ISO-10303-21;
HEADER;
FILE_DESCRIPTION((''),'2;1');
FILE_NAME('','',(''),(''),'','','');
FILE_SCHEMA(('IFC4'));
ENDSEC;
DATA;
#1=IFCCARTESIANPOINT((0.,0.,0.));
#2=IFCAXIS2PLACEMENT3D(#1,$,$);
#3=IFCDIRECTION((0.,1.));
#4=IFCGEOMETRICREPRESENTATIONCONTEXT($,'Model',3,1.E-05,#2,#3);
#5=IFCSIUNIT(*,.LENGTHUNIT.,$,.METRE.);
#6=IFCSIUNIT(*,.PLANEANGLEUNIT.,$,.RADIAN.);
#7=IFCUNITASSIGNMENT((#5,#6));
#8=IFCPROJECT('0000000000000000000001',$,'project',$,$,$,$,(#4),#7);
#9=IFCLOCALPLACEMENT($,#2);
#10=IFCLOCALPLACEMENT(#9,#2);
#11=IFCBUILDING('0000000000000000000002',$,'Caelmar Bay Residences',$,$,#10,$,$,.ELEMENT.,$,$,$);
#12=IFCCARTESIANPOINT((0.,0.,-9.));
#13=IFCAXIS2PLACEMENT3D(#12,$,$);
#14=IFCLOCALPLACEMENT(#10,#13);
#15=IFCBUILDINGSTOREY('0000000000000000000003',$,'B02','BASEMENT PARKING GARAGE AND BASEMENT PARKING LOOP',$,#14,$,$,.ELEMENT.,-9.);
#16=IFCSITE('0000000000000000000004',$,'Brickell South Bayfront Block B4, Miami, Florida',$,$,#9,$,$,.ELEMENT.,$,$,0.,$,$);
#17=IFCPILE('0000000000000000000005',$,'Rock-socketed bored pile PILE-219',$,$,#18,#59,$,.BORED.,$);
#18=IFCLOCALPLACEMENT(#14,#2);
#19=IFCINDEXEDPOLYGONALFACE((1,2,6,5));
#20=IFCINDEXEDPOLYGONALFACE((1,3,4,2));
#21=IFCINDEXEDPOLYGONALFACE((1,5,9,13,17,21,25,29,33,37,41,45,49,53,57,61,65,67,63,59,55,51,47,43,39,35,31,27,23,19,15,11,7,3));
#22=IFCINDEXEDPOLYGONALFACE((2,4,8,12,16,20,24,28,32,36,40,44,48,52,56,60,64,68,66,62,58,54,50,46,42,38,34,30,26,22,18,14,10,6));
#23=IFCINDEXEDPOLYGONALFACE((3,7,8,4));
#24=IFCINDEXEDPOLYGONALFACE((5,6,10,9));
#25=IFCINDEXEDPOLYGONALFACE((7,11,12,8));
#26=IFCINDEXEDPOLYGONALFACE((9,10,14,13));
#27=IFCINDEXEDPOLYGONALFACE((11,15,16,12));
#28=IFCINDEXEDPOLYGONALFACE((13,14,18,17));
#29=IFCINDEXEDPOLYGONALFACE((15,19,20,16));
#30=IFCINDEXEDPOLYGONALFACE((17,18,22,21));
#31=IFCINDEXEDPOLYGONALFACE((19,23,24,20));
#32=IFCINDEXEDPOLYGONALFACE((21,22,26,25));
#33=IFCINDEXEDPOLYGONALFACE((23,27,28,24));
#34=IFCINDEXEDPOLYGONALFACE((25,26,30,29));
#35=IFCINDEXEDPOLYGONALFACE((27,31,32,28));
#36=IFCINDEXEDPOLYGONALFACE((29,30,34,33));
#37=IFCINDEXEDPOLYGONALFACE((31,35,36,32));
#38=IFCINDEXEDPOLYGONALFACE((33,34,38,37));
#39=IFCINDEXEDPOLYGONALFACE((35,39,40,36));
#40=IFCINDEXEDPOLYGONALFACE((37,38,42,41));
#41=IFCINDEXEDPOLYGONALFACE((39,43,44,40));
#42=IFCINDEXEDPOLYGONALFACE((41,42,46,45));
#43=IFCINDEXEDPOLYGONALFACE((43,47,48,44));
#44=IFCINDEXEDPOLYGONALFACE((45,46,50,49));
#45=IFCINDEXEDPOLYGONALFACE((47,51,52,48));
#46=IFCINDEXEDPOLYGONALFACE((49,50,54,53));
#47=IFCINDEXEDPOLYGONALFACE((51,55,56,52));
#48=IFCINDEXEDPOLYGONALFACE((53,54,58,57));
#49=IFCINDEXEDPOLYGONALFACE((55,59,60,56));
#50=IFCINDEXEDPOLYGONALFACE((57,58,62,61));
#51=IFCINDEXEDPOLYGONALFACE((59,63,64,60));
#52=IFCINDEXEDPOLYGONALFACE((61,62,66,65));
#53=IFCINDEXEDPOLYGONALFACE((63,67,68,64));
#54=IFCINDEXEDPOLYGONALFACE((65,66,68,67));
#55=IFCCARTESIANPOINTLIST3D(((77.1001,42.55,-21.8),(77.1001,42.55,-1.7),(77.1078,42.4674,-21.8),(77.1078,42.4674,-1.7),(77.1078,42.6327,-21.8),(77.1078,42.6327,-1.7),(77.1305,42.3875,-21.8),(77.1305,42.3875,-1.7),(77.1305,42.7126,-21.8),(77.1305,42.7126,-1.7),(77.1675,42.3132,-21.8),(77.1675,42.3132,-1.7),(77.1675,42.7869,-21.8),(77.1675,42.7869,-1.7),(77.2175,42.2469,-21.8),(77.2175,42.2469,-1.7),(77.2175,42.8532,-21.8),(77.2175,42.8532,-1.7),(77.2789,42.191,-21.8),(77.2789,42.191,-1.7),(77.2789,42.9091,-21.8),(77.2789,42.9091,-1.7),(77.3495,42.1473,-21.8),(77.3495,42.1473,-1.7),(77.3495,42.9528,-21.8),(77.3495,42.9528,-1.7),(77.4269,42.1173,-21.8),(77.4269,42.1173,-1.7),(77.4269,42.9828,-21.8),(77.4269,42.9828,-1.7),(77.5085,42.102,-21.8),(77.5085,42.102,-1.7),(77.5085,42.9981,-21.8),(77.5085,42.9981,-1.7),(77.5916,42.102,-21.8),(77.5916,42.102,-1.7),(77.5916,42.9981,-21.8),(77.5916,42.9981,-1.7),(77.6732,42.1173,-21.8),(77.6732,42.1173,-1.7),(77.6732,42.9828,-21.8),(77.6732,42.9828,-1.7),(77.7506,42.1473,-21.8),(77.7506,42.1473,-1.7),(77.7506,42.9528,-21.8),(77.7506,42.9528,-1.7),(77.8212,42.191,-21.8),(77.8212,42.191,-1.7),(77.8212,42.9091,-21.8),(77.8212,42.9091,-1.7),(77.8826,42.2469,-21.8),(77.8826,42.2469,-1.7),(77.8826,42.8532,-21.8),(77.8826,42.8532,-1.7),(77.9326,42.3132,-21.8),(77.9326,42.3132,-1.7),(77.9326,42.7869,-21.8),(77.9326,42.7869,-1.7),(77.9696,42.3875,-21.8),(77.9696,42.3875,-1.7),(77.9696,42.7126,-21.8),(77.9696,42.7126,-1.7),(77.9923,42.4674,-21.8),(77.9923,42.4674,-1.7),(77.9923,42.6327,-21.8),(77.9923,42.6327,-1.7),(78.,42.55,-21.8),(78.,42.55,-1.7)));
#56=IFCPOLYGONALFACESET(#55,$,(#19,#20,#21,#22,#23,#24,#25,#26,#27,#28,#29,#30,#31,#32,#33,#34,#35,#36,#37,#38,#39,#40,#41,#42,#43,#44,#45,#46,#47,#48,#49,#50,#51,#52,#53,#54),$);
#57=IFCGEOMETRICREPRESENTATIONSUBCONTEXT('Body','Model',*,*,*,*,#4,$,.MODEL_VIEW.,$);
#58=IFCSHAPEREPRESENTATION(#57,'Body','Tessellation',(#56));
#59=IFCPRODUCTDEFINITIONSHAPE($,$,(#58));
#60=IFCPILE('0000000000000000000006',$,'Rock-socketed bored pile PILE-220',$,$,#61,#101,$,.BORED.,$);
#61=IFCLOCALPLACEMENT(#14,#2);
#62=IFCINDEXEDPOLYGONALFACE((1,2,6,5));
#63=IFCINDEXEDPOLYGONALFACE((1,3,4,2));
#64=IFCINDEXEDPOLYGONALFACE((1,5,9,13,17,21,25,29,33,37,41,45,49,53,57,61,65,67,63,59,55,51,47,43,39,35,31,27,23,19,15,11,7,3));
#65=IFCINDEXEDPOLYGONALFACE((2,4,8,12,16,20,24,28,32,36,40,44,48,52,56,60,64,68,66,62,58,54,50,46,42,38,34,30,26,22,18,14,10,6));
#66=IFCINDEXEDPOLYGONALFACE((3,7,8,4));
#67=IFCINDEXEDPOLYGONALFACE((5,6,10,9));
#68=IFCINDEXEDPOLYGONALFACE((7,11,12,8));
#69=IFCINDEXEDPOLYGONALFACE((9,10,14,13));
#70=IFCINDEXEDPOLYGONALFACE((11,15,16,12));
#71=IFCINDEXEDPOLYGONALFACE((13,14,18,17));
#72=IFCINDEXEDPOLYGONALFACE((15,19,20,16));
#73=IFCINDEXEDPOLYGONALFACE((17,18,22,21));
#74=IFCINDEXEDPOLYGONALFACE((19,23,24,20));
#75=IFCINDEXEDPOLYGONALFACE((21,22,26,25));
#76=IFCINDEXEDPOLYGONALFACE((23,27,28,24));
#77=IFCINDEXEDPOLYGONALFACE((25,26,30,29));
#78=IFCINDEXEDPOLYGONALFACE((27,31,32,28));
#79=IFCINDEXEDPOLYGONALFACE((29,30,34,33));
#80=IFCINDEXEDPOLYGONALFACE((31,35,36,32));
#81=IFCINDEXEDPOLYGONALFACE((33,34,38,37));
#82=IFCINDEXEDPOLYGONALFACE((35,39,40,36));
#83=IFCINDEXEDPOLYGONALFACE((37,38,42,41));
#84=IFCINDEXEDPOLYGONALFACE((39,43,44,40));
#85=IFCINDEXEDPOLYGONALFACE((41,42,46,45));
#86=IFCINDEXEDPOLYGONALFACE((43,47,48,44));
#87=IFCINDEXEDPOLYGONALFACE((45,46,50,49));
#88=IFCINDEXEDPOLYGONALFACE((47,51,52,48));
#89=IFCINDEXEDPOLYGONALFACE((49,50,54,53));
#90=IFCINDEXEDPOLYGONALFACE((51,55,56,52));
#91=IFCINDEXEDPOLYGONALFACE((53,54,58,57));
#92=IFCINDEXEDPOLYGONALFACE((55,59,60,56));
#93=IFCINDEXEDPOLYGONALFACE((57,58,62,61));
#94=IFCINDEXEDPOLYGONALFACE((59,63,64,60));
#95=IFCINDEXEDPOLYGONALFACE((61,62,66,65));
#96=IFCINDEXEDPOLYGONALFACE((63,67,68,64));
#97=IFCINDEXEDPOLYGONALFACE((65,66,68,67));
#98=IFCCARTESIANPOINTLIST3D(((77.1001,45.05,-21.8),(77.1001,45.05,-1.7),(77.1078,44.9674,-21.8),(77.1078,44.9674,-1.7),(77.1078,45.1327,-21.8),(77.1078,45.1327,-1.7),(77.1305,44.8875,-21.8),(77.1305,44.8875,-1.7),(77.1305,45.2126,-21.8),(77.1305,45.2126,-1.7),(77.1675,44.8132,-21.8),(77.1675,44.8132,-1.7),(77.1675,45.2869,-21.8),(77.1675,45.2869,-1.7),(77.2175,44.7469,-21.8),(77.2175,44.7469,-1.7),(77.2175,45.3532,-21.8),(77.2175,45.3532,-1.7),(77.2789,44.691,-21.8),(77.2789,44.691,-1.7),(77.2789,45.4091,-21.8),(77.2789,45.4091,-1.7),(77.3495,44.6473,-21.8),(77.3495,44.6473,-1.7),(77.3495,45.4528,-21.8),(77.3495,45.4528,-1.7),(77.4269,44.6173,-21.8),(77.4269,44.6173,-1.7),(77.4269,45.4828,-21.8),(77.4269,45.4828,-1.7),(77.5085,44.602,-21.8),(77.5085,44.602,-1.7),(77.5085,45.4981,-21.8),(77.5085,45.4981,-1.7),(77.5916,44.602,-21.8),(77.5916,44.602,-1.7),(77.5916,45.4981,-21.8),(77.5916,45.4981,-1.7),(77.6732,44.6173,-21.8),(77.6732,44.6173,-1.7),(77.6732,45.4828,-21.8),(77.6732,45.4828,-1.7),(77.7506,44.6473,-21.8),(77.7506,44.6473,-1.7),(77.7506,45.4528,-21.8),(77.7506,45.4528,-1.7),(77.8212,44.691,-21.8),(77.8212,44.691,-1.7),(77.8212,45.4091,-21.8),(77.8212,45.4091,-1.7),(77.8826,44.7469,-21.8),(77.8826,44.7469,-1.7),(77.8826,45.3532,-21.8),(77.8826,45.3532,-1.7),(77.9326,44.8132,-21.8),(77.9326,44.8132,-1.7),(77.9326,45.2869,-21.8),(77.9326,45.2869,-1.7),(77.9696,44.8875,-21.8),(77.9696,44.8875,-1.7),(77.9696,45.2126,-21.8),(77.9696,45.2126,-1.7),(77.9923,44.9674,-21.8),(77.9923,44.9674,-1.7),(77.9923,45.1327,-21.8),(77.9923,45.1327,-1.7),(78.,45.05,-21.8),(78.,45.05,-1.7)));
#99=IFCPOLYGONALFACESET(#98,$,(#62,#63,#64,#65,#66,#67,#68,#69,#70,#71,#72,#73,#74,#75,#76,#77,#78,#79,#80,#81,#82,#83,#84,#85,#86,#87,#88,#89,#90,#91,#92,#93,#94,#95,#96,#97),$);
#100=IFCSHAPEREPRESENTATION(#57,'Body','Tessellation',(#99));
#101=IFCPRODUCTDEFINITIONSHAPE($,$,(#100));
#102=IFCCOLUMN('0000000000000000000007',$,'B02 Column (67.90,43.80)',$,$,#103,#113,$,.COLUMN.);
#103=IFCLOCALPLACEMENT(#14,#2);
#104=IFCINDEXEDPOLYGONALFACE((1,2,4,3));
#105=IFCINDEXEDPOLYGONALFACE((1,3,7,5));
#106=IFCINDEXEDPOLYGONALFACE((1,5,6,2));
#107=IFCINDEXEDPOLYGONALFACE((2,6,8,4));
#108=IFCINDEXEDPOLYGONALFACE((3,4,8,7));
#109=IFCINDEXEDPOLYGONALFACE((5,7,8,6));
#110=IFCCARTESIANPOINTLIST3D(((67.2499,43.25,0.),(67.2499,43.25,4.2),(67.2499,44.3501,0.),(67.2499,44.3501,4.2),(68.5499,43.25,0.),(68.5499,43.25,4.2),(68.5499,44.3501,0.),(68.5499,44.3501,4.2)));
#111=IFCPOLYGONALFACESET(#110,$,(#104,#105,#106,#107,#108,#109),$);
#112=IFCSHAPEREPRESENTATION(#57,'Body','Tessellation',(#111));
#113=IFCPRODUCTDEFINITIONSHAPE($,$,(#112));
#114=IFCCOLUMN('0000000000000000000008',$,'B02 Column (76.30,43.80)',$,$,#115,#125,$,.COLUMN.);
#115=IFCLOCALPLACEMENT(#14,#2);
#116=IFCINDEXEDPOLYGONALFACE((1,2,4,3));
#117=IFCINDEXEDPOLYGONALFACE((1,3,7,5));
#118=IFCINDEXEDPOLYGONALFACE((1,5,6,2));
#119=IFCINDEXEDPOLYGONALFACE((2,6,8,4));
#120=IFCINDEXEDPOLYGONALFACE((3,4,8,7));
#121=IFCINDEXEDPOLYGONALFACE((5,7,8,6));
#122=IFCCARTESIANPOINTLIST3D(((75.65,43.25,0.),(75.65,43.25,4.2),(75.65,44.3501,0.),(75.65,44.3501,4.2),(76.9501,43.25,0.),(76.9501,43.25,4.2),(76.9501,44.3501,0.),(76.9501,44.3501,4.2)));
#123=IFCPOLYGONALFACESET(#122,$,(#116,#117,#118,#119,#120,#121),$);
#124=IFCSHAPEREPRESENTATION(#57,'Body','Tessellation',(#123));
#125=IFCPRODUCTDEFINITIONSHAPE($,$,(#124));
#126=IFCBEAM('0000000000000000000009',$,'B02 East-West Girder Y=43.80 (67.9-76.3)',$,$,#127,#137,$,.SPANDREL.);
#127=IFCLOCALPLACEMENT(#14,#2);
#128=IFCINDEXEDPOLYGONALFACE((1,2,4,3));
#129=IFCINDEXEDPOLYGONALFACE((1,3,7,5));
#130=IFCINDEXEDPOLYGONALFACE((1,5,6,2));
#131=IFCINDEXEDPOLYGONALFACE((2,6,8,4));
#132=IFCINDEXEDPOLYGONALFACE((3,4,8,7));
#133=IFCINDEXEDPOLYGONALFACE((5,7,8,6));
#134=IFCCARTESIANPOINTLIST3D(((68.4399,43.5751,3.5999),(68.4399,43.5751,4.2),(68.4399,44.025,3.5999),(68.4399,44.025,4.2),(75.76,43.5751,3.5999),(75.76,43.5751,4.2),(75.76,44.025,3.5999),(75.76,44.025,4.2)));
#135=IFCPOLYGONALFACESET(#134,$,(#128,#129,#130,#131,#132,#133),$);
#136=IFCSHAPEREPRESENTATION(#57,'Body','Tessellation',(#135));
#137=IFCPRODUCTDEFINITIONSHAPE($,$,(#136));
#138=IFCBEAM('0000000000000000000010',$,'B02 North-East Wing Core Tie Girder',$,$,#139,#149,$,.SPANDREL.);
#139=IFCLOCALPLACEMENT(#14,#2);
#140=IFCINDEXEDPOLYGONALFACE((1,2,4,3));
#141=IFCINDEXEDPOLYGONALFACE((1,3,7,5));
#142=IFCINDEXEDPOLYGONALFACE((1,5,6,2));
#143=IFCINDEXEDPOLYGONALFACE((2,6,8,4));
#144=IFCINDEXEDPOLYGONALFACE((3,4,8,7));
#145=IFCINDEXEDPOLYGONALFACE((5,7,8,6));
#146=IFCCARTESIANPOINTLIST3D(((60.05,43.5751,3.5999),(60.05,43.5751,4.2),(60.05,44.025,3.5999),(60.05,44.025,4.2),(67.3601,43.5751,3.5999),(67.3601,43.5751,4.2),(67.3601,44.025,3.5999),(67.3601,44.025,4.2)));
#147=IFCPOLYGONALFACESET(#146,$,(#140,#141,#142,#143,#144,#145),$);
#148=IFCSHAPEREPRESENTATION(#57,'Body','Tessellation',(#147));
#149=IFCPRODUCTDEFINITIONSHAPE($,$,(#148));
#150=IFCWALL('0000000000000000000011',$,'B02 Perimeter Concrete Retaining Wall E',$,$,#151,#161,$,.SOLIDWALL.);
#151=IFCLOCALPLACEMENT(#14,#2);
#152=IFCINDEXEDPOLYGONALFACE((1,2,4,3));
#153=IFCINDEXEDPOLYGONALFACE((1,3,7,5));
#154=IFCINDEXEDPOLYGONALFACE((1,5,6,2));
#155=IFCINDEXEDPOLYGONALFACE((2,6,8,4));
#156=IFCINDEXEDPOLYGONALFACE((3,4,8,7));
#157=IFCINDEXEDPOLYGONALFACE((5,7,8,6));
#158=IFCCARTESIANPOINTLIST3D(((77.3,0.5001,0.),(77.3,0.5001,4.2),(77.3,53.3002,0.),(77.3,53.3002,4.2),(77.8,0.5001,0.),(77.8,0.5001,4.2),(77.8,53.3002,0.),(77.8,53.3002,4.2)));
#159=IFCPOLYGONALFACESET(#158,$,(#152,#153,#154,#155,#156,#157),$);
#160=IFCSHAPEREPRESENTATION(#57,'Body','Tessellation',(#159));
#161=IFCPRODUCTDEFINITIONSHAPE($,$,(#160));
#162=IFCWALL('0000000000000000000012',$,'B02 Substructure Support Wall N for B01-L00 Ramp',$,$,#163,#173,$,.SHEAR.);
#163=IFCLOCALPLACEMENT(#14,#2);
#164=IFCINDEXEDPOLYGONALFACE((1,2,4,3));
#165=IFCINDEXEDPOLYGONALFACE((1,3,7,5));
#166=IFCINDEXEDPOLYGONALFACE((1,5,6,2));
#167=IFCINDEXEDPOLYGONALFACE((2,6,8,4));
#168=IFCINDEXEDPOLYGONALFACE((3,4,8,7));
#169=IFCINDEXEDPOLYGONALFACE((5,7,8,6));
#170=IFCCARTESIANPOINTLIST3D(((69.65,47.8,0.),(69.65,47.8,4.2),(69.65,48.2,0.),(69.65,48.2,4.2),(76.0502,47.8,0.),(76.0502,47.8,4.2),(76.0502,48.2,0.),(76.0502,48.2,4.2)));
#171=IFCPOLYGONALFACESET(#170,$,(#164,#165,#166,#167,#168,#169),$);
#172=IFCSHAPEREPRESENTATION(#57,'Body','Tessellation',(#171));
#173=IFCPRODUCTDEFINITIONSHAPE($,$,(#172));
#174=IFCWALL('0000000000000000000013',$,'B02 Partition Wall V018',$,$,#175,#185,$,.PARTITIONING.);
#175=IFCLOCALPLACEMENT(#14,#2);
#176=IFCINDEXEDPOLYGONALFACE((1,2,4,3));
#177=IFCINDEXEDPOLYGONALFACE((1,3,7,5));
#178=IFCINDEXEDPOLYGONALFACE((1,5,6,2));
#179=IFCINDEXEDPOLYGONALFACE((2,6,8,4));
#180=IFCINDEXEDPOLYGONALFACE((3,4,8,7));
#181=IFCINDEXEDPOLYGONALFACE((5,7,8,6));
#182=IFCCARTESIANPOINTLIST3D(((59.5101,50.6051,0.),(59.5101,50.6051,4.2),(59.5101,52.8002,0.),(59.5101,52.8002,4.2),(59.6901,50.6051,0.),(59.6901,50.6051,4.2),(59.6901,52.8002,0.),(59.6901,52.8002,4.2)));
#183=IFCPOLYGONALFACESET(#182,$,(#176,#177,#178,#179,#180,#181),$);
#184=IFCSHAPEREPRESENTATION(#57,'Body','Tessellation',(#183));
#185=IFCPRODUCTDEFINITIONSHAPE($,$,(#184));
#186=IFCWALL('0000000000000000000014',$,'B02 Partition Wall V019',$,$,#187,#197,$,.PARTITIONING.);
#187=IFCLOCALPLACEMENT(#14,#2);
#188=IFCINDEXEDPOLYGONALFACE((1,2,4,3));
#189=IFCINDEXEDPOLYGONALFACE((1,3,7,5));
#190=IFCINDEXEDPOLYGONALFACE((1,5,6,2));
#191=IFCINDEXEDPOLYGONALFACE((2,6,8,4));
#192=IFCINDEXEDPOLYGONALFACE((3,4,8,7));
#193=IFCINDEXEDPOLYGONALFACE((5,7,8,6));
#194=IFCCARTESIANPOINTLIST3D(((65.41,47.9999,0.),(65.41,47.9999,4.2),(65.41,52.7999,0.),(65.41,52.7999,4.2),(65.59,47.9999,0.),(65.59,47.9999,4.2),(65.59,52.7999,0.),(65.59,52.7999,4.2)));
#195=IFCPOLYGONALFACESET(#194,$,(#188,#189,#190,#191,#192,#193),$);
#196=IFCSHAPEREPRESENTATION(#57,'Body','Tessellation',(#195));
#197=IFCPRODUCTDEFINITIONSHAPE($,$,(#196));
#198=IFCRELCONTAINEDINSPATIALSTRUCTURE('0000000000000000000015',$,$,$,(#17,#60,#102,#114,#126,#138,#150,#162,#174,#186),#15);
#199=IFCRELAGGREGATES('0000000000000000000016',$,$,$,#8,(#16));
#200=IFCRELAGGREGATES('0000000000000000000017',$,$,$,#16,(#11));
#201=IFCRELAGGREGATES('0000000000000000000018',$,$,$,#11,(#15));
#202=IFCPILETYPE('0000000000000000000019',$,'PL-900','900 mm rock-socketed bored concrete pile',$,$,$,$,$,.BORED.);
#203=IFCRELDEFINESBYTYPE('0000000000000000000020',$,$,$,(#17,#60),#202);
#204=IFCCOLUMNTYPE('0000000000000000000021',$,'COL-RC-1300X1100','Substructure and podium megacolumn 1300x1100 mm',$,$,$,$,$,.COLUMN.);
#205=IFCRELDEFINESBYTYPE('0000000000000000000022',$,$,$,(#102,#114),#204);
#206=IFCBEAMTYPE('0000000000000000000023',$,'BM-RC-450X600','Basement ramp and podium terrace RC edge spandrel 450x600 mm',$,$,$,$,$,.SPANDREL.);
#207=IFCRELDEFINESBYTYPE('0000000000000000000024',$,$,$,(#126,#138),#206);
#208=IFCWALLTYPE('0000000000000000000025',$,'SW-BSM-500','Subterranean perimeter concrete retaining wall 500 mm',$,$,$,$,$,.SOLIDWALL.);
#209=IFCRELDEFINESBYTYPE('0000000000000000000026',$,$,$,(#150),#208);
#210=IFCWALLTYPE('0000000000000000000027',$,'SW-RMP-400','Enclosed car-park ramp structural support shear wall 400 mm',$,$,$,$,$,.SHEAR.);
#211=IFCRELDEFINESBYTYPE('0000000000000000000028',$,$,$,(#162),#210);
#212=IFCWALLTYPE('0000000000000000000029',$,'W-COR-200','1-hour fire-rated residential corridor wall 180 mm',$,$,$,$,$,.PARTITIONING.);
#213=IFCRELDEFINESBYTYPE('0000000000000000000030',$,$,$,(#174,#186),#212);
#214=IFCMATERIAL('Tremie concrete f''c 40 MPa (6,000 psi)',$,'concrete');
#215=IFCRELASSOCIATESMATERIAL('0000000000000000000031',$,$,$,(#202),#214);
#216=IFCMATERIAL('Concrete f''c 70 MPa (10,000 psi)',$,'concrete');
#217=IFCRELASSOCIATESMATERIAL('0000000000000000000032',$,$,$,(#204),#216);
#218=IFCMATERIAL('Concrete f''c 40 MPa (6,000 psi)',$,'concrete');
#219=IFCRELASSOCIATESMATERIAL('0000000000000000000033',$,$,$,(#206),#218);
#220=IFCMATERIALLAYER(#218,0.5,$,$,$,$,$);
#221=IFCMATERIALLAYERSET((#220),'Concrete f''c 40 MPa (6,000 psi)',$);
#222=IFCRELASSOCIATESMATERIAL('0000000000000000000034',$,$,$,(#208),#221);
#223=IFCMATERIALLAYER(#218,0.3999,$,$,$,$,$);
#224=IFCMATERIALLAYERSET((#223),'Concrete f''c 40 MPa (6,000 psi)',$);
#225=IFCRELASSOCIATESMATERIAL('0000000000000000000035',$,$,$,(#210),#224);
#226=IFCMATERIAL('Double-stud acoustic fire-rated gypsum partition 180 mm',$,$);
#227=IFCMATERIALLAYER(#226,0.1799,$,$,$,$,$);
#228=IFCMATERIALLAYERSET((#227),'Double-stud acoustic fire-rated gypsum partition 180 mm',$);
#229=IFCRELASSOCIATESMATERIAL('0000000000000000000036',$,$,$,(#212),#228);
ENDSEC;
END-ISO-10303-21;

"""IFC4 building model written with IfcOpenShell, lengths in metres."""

from ifc_helpers import new_model, si_unit, direction, frame, frame_2d, origin, origin_2d, place, context, subcontext, project, spatial, rectangle, circle, extrude, material, layer, layer_set, material_profile, profile_set, type_object, element, save


model = new_model("IFC4")

# Units and contexts
model_context = context("Model", 3, precision=1e-05, world=origin(), true_north=direction((0.0, 1.0)))
body_context = subcontext(model_context, "Body", "Model", "MODEL_VIEW")
ifc_project = project(units=[si_unit("LENGTHUNIT", "METRE"), si_unit("PLANEANGLEUNIT", "RADIAN")], contexts=[model_context])

# Site, building, storey
site_placement = place(None, origin())
site = spatial("IfcSite", under=ifc_project, at=site_placement, Name="Brickell South Bayfront Block B4, Miami, Florida", CompositionType="ELEMENT", RefElevation=0.0)
building_placement = place(site_placement, origin())
building = spatial("IfcBuilding", under=site, at=building_placement, Name="Caelmar Bay Residences", CompositionType="ELEMENT")
storey_placement = place(building_placement, frame((0.0, 0.0, -9.0)))
storey = spatial("IfcBuildingStorey", under=building, at=storey_placement, Name="B02", Description="BASEMENT PARKING GARAGE AND BASEMENT PARKING LOOP", CompositionType="ELEMENT", Elevation=-9.0)

# Piles
ifc_material_1 = material(Name="Tremie concrete f'c 40 MPa (6,000 psi)", Category="concrete")
ifc_material_profile_1 = material_profile(ifc_material_1, circle(Radius=0.45, at=origin_2d()), Name="PILE-900D")
ifc_profile_set_1 = profile_set([ifc_material_profile_1], Name="Tremie concrete f'c 40 MPa (6,000 psi)")
pile_type_1 = type_object("IfcPileType", Name="PL-900", Description="900 mm rock-socketed bored concrete pile", PredefinedType="BORED", material=ifc_profile_set_1)
for number, where, z_axis, x_axis, name in (
    (1, (77.55, 42.55, -1.7), (0.0, 0.0, -1.0), (1.0, 0.0, 0.0), "Rock-socketed bored pile PILE-219"),
    (2, (77.55, 45.05, -1.7), (0.0, 0.0, -1.0), (1.0, 0.0, 0.0), "Rock-socketed bored pile PILE-220"),
):
    element("IfcPile", number, at=place(storey_placement, frame(where, z_axis=z_axis, x_axis=x_axis)), inside=storey, type_object=pile_type_1, Name=name, PredefinedType="BORED", context=body_context, shape_type="SweptSolid", body=[
        extrude(circle(Radius=0.45, at=origin_2d()), origin(), (0.0, 0.0, 1.0), 20.1001),
    ])

# Columns
ifc_material_2 = material(Name="Concrete f'c 70 MPa (10,000 psi)", Category="concrete")
ifc_material_profile_2 = material_profile(ifc_material_2, rectangle(XDim=1.3, YDim=1.1001, at=origin_2d()), Name="RC-COL-1300X1100")
ifc_profile_set_2 = profile_set([ifc_material_profile_2], Name="Concrete f'c 70 MPa (10,000 psi)")
column_type = type_object("IfcColumnType", Name="COL-RC-1300X1100", Description="Substructure and podium megacolumn 1300x1100 mm", PredefinedType="COLUMN", material=ifc_profile_set_2)
for number, where, z_axis, x_axis, name in (
    (3, (67.8999, 43.8, 0.0), (0.0, 0.0, 1.0), (1.0, 0.0, 0.0), "B02 Column (67.90,43.80)"),
    (4, (76.3, 43.8, 0.0), (0.0, 0.0, 1.0), (1.0, 0.0, 0.0), "B02 Column (76.30,43.80)"),
):
    element("IfcColumn", number, at=place(storey_placement, frame(where, z_axis=z_axis, x_axis=x_axis)), inside=storey, type_object=column_type, Name=name, PredefinedType="COLUMN", context=body_context, shape_type="SweptSolid", body=[
        extrude(rectangle(XDim=1.3, YDim=1.1001, at=origin_2d()), origin(), (0.0, 0.0, 1.0), 4.2),
    ])

# Beams
ifc_material_3 = material(Name="Concrete f'c 40 MPa (6,000 psi)", Category="concrete")
ifc_material_profile_3 = material_profile(ifc_material_3, rectangle(XDim=0.45, YDim=0.6001, at=origin_2d()), Name="RC-BM-450X600")
ifc_profile_set_3 = profile_set([ifc_material_profile_3], Name="Concrete f'c 40 MPa (6,000 psi)")
beam_type = type_object("IfcBeamType", Name="BM-RC-450X600", Description="Basement ramp and podium terrace RC edge spandrel 450x600 mm", PredefinedType="SPANDREL", material=ifc_profile_set_3)
beam_1_placement = place(storey_placement, frame((68.4399, 43.8, 3.8999), z_axis=(1.0, 0.0, 0.0), x_axis=(0.0, 1.0, 0.0)))
element("IfcBeam", 5, at=beam_1_placement, inside=storey, type_object=beam_type, Name="B02 East-West Girder Y=43.80 (67.9-76.3)", PredefinedType="SPANDREL", context=body_context, shape_type="SweptSolid", body=[
    extrude(rectangle(XDim=0.45, YDim=0.6001, at=origin_2d()), origin(), (0.0, 0.0, 1.0), 7.3201),
])
beam_2_placement = place(storey_placement, frame((60.05, 43.8, 3.8999), z_axis=(1.0, 0.0, 0.0), x_axis=(0.0, 1.0, 0.0)))
element("IfcBeam", 6, at=beam_2_placement, inside=storey, type_object=beam_type, Name="B02 North-East Wing Core Tie Girder", PredefinedType="SPANDREL", context=body_context, shape_type="SweptSolid", body=[
    extrude(rectangle(XDim=0.45, YDim=0.6001, at=origin_2d()), origin(), (0.0, 0.0, 1.0), 7.3101),
])

# Walls
ifc_layer_1 = layer(ifc_material_3, 0.5)
ifc_layer_set_1 = layer_set([ifc_layer_1], Name="Concrete f'c 40 MPa (6,000 psi)")
wall_type_1 = type_object("IfcWallType", Name="SW-BSM-500", Description="Subterranean perimeter concrete retaining wall 500 mm", PredefinedType="SOLIDWALL", material=ifc_layer_set_1)
wall_1_placement = place(storey_placement, frame((77.55, 53.3, 0.0), z_axis=(0.0, 0.0, 1.0), x_axis=(0.0, -1.0, 0.0)))
element("IfcWall", 7, at=wall_1_placement, inside=storey, type_object=wall_type_1, Name="B02 Perimeter Concrete Retaining Wall E", PredefinedType="SOLIDWALL", context=body_context, shape_type="SweptSolid", body=[
    extrude(rectangle(XDim=52.8, YDim=0.5, at=frame_2d((26.3999, 0.0))), origin(), (0.0, 0.0, 1.0), 4.2),
])
ifc_layer_2 = layer(ifc_material_3, 0.3999)
ifc_layer_set_2 = layer_set([ifc_layer_2], Name="Concrete f'c 40 MPa (6,000 psi)")
wall_type_2 = type_object("IfcWallType", Name="SW-RMP-400", Description="Enclosed car-park ramp structural support shear wall 400 mm", PredefinedType="SHEAR", material=ifc_layer_set_2)
wall_2_placement = place(storey_placement, frame((69.6499, 48.0, 0.0), z_axis=(0.0, 0.0, 1.0), x_axis=(1.0, 0.0, 0.0)))
element("IfcWall", 8, at=wall_2_placement, inside=storey, type_object=wall_type_2, Name="B02 Substructure Support Wall N for B01-L00 Ramp", PredefinedType="SHEAR", context=body_context, shape_type="SweptSolid", body=[
    extrude(rectangle(XDim=6.4001, YDim=0.3999, at=frame_2d((3.2002, 0.0))), origin(), (0.0, 0.0, 1.0), 4.2),
])
ifc_material_4 = material(Name="Double-stud acoustic fire-rated gypsum partition 180 mm")
ifc_layer_3 = layer(ifc_material_4, 0.1799)
ifc_layer_set_3 = layer_set([ifc_layer_3], Name="Double-stud acoustic fire-rated gypsum partition 180 mm")
wall_type_3 = type_object("IfcWallType", Name="W-COR-200", Description="1-hour fire-rated residential corridor wall 180 mm", PredefinedType="PARTITIONING", material=ifc_layer_set_3)
wall_3_placement = place(storey_placement, frame((59.6001, 50.605, 0.0), z_axis=(0.0, 0.0, 1.0), x_axis=(0.0, 1.0, 0.0)))
element("IfcWall", 9, at=wall_3_placement, inside=storey, type_object=wall_type_3, Name="B02 Partition Wall V018", PredefinedType="PARTITIONING", context=body_context, shape_type="SweptSolid", body=[
    extrude(rectangle(XDim=2.1951, YDim=0.1799, at=frame_2d((1.0977, 0.0))), origin(), (0.0, 0.0, 1.0), 4.2),
])
wall_4_placement = place(storey_placement, frame((65.5, 48.0, 0.0), z_axis=(0.0, 0.0, 1.0), x_axis=(0.0, 1.0, 0.0)))
element("IfcWall", 10, at=wall_4_placement, inside=storey, type_object=wall_type_3, Name="B02 Partition Wall V019", PredefinedType="PARTITIONING", context=body_context, shape_type="SweptSolid", body=[
    extrude(rectangle(XDim=4.8, YDim=0.1799, at=frame_2d((2.3999, 0.0))), origin(), (0.0, 0.0, 1.0), 4.2),
])

save(model, "model.ifc")
